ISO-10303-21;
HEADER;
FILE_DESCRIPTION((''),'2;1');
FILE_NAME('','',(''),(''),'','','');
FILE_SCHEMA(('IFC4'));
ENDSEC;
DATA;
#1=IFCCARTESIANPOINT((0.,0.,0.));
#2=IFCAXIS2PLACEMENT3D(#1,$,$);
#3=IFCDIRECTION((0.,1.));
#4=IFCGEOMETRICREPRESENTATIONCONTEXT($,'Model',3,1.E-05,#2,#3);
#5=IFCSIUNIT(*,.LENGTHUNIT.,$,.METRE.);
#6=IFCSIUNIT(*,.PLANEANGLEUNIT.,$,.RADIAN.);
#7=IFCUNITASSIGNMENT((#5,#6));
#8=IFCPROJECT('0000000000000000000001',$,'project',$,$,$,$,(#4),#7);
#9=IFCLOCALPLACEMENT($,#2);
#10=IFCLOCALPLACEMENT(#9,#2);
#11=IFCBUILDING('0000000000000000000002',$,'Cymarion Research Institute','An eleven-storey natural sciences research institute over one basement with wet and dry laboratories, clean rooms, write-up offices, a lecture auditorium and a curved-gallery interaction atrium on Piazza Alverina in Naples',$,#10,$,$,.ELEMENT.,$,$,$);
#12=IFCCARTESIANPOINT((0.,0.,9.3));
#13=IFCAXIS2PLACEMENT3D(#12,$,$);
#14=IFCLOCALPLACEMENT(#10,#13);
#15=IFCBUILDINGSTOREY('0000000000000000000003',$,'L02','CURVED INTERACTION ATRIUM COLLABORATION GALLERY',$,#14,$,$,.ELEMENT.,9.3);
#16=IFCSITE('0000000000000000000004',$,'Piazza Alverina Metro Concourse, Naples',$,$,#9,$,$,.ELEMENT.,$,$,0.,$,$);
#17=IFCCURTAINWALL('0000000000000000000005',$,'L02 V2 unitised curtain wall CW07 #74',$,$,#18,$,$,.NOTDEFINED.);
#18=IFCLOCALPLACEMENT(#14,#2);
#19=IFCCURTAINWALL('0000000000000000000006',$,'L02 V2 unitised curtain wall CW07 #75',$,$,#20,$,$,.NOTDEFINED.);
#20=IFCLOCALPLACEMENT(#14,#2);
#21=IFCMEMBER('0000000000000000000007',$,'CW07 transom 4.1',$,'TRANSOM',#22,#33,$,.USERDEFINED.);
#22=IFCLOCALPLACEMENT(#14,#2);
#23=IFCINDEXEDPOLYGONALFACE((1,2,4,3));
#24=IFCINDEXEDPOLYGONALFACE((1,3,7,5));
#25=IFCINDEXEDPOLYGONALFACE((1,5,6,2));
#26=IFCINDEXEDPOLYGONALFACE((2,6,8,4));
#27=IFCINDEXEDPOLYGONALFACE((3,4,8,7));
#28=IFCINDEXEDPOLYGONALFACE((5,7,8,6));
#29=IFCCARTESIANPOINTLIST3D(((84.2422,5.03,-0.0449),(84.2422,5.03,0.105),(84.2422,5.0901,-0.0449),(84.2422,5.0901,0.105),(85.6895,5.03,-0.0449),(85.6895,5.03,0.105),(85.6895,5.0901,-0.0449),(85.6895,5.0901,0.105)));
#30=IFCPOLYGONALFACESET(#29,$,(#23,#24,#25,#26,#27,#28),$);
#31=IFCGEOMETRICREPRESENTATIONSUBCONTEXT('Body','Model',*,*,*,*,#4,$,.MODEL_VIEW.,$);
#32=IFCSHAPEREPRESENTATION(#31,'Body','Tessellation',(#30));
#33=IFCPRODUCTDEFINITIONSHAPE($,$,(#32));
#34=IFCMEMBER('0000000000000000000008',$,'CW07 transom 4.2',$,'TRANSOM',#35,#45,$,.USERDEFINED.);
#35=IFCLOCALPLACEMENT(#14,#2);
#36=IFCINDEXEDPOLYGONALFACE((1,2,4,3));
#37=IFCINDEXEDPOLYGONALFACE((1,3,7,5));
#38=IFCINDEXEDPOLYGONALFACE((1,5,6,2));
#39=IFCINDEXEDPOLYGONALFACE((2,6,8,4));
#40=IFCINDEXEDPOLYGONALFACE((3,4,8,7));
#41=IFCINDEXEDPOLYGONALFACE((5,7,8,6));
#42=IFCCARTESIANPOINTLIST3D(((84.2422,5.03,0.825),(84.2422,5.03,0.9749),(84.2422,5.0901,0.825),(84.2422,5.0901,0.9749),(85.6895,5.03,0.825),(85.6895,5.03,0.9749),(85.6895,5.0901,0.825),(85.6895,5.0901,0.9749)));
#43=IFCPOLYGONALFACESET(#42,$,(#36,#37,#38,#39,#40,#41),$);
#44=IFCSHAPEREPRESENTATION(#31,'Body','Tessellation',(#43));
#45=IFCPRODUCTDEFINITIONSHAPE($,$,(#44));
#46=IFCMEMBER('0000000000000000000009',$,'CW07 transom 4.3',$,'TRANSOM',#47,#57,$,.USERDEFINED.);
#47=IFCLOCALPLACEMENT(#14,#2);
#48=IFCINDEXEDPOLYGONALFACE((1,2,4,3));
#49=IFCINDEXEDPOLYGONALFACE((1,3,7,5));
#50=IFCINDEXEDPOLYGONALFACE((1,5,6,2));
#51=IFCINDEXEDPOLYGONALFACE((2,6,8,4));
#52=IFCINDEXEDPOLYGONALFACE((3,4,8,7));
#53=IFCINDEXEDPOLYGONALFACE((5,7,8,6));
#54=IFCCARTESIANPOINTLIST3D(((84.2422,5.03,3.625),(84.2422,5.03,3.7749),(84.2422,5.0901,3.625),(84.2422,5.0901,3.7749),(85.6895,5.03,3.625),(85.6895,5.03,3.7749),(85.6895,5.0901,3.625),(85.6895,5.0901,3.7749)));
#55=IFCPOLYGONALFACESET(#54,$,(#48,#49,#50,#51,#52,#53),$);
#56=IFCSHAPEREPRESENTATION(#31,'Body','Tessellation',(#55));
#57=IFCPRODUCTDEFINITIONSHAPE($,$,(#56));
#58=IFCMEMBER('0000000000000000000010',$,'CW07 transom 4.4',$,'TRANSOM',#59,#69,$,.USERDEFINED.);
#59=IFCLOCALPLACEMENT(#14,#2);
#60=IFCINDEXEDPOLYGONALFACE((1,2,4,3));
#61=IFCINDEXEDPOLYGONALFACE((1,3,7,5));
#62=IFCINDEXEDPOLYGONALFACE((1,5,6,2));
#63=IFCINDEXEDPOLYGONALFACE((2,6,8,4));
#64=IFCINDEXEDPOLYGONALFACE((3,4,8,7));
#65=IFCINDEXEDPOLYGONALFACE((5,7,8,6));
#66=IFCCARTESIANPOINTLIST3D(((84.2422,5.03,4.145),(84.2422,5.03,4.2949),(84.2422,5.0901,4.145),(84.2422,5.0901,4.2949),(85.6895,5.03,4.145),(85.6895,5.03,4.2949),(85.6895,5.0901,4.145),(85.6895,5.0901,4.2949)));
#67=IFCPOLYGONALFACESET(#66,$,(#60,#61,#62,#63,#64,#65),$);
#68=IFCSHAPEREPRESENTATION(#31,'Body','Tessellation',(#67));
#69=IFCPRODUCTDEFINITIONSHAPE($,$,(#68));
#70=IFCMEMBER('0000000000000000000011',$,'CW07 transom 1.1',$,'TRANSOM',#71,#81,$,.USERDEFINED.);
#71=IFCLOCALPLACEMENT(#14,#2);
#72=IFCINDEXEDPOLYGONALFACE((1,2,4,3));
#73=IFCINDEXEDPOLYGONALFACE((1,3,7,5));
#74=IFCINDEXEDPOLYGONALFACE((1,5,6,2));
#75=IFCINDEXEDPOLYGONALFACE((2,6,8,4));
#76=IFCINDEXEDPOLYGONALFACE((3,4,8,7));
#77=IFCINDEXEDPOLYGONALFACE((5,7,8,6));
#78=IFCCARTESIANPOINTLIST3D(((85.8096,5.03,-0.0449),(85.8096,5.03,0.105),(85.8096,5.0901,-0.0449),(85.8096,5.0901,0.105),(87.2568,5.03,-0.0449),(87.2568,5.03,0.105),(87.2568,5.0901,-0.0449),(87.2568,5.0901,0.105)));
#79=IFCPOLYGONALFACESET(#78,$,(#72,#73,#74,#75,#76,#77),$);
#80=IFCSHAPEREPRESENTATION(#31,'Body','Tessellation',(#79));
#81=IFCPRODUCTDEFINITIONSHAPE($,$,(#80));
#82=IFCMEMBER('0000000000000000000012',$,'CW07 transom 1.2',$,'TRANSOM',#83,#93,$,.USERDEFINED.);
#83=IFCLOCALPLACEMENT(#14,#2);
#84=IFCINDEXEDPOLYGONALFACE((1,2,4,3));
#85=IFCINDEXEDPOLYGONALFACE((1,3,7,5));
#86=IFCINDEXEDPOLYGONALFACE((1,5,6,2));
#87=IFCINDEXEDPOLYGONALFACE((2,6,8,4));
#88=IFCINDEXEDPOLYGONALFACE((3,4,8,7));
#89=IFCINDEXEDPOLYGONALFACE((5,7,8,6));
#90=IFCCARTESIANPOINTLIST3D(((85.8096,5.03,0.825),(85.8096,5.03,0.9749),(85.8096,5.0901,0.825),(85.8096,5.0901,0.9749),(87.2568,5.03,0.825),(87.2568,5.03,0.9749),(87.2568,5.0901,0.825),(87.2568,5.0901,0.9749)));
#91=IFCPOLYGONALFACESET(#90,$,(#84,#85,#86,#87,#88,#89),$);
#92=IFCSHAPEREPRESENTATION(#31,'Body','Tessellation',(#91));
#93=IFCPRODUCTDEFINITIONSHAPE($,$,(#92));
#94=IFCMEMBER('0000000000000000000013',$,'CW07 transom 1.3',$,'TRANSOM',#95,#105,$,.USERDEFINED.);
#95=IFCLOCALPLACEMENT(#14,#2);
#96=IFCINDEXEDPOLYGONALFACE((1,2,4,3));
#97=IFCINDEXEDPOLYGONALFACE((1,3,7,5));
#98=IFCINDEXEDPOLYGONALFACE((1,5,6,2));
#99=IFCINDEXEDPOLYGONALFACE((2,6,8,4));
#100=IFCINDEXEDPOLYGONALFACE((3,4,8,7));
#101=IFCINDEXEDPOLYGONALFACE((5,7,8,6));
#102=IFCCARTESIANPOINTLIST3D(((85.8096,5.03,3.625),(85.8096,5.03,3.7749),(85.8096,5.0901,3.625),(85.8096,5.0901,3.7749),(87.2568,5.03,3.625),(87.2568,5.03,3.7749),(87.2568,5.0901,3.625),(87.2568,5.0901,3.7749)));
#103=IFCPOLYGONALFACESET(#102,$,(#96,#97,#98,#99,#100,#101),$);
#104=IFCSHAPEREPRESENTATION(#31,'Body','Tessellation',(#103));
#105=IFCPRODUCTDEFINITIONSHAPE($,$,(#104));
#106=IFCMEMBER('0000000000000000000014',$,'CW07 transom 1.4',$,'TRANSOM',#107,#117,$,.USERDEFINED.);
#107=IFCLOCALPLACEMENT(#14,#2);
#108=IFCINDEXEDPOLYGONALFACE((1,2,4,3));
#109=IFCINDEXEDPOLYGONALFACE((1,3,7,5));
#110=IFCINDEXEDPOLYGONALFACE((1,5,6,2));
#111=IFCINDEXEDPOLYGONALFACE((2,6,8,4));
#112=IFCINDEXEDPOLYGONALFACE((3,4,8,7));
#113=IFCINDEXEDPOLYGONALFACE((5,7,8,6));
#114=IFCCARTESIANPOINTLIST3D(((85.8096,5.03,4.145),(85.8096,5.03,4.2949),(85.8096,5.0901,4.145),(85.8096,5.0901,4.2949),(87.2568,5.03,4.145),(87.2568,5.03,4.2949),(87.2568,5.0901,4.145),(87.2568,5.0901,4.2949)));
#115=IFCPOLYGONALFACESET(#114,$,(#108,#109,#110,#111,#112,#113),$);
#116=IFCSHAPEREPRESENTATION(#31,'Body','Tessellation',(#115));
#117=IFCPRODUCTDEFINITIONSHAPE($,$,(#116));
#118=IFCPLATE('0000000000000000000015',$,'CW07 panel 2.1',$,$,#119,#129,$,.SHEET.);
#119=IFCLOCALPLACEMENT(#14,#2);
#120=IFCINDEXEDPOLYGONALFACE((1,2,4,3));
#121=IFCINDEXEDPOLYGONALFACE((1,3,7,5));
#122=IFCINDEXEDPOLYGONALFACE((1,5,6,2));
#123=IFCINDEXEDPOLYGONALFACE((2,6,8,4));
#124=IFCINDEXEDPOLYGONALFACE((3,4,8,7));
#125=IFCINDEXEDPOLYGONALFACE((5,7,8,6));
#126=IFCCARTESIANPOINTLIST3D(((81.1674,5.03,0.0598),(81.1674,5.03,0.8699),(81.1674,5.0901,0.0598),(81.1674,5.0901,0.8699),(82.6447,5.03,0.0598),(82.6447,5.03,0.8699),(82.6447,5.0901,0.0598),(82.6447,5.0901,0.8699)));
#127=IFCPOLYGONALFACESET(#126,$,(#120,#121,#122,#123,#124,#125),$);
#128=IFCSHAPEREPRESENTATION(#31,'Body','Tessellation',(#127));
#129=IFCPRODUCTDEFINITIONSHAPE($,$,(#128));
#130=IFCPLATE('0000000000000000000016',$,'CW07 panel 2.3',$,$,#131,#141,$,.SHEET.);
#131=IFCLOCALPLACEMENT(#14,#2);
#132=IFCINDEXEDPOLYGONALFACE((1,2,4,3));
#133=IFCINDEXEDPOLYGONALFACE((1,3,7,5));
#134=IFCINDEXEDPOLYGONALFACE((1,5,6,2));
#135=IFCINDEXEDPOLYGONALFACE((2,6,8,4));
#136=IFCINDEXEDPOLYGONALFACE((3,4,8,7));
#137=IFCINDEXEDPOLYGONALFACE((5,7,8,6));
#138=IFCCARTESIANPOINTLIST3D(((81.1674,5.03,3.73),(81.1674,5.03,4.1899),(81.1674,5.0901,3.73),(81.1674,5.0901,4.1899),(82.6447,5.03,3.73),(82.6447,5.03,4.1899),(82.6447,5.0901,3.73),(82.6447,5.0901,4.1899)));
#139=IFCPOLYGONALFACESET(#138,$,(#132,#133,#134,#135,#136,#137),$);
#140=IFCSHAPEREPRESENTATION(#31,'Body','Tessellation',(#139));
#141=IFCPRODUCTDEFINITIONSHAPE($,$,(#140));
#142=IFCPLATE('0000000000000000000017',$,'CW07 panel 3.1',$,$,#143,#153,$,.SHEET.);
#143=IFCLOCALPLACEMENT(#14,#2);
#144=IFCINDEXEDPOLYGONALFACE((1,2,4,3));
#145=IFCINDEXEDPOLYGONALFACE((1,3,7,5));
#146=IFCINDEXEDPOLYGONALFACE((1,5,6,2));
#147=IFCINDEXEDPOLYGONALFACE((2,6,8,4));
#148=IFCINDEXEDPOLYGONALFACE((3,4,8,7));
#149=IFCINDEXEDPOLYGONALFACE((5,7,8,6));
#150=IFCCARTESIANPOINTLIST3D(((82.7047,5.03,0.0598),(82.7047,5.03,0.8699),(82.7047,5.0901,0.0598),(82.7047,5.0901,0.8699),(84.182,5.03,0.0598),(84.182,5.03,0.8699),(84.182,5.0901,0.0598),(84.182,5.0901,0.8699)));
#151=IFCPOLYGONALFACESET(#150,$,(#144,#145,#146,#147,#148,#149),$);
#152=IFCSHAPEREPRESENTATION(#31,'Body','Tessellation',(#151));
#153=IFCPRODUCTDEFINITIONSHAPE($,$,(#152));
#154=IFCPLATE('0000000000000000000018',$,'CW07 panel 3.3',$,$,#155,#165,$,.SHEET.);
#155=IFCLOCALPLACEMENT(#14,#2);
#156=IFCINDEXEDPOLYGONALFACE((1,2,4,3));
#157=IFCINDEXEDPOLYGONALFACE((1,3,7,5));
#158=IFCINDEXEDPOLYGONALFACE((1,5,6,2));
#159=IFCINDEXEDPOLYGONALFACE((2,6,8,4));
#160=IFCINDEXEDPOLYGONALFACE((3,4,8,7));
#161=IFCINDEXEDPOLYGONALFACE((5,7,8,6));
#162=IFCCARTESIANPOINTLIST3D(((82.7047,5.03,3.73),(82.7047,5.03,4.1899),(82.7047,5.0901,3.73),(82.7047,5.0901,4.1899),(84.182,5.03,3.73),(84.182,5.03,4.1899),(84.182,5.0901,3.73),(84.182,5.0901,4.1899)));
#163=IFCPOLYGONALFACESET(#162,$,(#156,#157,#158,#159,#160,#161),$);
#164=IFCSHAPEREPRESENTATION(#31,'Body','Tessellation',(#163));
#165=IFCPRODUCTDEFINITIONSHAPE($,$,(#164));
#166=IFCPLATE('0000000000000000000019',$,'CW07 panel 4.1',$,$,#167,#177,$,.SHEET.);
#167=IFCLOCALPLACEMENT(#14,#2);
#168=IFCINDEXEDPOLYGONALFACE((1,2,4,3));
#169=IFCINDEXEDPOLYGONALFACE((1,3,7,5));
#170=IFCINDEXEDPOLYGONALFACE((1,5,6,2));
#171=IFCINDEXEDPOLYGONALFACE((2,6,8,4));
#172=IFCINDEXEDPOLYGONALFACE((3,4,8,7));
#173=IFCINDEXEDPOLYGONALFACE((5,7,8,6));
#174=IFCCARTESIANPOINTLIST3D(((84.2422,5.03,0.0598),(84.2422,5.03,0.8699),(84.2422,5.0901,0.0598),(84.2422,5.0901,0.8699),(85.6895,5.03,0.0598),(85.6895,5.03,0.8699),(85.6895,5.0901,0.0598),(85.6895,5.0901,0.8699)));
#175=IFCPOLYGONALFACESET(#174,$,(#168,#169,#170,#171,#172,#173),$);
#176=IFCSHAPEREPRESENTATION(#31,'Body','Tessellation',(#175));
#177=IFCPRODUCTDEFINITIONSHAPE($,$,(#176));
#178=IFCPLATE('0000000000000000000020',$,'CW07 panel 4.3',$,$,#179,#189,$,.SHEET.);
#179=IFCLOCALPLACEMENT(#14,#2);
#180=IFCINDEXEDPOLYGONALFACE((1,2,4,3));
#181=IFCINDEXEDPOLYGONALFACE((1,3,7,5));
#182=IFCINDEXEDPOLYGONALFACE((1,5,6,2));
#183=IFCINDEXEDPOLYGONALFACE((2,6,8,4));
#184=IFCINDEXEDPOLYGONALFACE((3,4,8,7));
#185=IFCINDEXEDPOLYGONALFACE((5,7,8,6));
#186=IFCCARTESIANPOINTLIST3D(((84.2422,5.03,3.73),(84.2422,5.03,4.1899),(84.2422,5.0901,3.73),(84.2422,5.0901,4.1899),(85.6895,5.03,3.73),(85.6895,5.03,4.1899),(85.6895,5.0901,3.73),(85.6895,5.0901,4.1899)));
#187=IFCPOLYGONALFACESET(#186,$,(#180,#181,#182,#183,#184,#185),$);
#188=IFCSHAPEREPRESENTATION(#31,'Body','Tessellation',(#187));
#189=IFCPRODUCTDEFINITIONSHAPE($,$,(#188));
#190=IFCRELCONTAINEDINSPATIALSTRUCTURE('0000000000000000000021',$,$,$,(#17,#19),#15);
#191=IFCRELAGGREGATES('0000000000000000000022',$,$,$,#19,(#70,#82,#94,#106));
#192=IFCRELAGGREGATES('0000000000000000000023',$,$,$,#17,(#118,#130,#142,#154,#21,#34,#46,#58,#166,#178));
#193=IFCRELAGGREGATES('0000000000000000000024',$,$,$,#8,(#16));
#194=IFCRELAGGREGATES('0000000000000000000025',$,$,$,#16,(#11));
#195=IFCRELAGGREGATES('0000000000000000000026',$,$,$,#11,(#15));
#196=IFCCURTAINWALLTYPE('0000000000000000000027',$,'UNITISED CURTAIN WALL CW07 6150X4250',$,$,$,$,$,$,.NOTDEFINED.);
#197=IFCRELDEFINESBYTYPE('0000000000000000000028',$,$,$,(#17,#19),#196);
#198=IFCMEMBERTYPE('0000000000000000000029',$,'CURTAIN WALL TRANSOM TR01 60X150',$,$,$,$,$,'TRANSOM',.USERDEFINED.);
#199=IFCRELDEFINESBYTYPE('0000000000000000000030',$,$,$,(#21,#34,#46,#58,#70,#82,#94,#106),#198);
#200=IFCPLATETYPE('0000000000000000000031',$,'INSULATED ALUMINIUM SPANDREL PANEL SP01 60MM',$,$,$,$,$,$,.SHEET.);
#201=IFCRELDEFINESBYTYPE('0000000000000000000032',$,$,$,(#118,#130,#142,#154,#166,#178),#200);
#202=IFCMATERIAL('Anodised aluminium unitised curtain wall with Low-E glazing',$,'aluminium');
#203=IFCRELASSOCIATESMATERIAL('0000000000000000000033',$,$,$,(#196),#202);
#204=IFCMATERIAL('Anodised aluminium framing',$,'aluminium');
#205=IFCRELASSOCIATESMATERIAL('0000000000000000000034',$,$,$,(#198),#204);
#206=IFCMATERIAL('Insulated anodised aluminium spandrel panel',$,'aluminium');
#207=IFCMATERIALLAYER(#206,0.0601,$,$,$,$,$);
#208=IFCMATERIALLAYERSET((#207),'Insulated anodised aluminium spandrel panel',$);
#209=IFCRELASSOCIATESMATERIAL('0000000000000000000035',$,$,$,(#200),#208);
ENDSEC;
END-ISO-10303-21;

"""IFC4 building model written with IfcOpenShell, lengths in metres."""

from ifc_helpers import new_model, si_unit, direction, frame, origin, origin_2d, place, context, subcontext, project, spatial, rectangle, extrude, material, layer, layer_set, material_profile, profile_set, type_object, element, aggregate, save


model = new_model("IFC4")

# Units and contexts
model_context = context("Model", 3, precision=1e-05, world=origin(), true_north=direction((0.0, 1.0)))
body_context = subcontext(model_context, "Body", "Model", "MODEL_VIEW")
ifc_project = project(units=[si_unit("LENGTHUNIT", "METRE"), si_unit("PLANEANGLEUNIT", "RADIAN")], contexts=[model_context])

# Site, building, storey
site_placement = place(None, origin())
site = spatial("IfcSite", under=ifc_project, at=site_placement, Name="Piazza Alverina Metro Concourse, Naples", CompositionType="ELEMENT", RefElevation=0.0)
building_placement = place(site_placement, origin())
building = spatial("IfcBuilding", under=site, at=building_placement, Name="Cymarion Research Institute", Description="An eleven-storey natural sciences research institute over one basement with wet and dry laboratories, clean rooms, write-up offices, a lecture auditorium and a curved-gallery interaction atrium on Piazza Alverina in Naples", CompositionType="ELEMENT")
storey_placement = place(building_placement, frame((0.0, 0.0, 9.3)))
storey = spatial("IfcBuildingStorey", under=building, at=storey_placement, Name="L02", Description="CURVED INTERACTION ATRIUM COLLABORATION GALLERY", CompositionType="ELEMENT", Elevation=9.3)

# Curtain wall
ifc_material_1 = material(Name="Anodised aluminium unitised curtain wall with Low-E glazing", Category="aluminium")
curtain_wall_type = type_object("IfcCurtainWallType", Name="UNITISED CURTAIN WALL CW07 6150X4250", PredefinedType="NOTDEFINED", material=ifc_material_1)
curtain_wall_1_placement = place(storey_placement, origin())
curtain_wall_1 = element("IfcCurtainWall", 1, at=curtain_wall_1_placement, inside=storey, type_object=curtain_wall_type, Name="L02 V2 unitised curtain wall CW07 #74", PredefinedType="NOTDEFINED")
ifc_material_2 = material(Name="Anodised aluminium framing", Category="aluminium")

# Curtain wall
curtain_wall_2_placement = place(storey_placement, origin())
curtain_wall_2 = element("IfcCurtainWall", 2, at=curtain_wall_2_placement, inside=storey, type_object=curtain_wall_type, Name="L02 V2 unitised curtain wall CW07 #75", PredefinedType="NOTDEFINED")

# Members
ifc_material_profile_1 = material_profile(ifc_material_2, rectangle(XDim=0.0601, YDim=0.1499, at=origin_2d()), Name="ALU TRANSOM 60x150")
ifc_profile_set_1 = profile_set([ifc_material_profile_1], Name="Anodised aluminium framing")
member_type_1 = type_object("IfcMemberType", Name="CURTAIN WALL TRANSOM TR01 60X150", ElementType="TRANSOM", PredefinedType="USERDEFINED", material=ifc_profile_set_1)
member_1_placement = place(storey_placement, frame((84.2422, 5.0601, 0.03), z_axis=(1.0, 0.0, 0.0), x_axis=(0.0, 1.0, 0.0)))
member_1 = element("IfcMember", 3, at=member_1_placement, type_object=member_type_1, Name="CW07 transom 4.1", ObjectType="TRANSOM", PredefinedType="USERDEFINED", context=body_context, shape_type="SweptSolid", body=[
    extrude(rectangle(XDim=0.0601, YDim=0.1499, at=origin_2d()), origin(), (0.0, 0.0, 1.0), 1.4473),
])
member_2_placement = place(storey_placement, frame((84.2422, 5.0601, 0.8999), z_axis=(1.0, 0.0, 0.0), x_axis=(0.0, 1.0, 0.0)))
member_2 = element("IfcMember", 4, at=member_2_placement, type_object=member_type_1, Name="CW07 transom 4.2", ObjectType="TRANSOM", PredefinedType="USERDEFINED", context=body_context, shape_type="SweptSolid", body=[
    extrude(rectangle(XDim=0.0601, YDim=0.1499, at=origin_2d()), origin(), (0.0, 0.0, 1.0), 1.4473),
])
member_3_placement = place(storey_placement, frame((84.2422, 5.0601, 3.7), z_axis=(1.0, 0.0, 0.0), x_axis=(0.0, 1.0, 0.0)))
member_3 = element("IfcMember", 5, at=member_3_placement, type_object=member_type_1, Name="CW07 transom 4.3", ObjectType="TRANSOM", PredefinedType="USERDEFINED", context=body_context, shape_type="SweptSolid", body=[
    extrude(rectangle(XDim=0.0601, YDim=0.1499, at=origin_2d()), origin(), (0.0, 0.0, 1.0), 1.4473),
])
member_4_placement = place(storey_placement, frame((84.2422, 5.0601, 4.22), z_axis=(1.0, 0.0, 0.0), x_axis=(0.0, 1.0, 0.0)))
member_4 = element("IfcMember", 6, at=member_4_placement, type_object=member_type_1, Name="CW07 transom 4.4", ObjectType="TRANSOM", PredefinedType="USERDEFINED", context=body_context, shape_type="SweptSolid", body=[
    extrude(rectangle(XDim=0.0601, YDim=0.1499, at=origin_2d()), origin(), (0.0, 0.0, 1.0), 1.4473),
])
member_5_placement = place(storey_placement, frame((85.8096, 5.0601, 0.03), z_axis=(1.0, 0.0, 0.0), x_axis=(0.0, 1.0, 0.0)))
member_5 = element("IfcMember", 7, at=member_5_placement, type_object=member_type_1, Name="CW07 transom 1.1", ObjectType="TRANSOM", PredefinedType="USERDEFINED", context=body_context, shape_type="SweptSolid", body=[
    extrude(rectangle(XDim=0.0601, YDim=0.1499, at=origin_2d()), origin(), (0.0, 0.0, 1.0), 1.4473),
])
member_6_placement = place(storey_placement, frame((85.8096, 5.0601, 0.8999), z_axis=(1.0, 0.0, 0.0), x_axis=(0.0, 1.0, 0.0)))
member_6 = element("IfcMember", 8, at=member_6_placement, type_object=member_type_1, Name="CW07 transom 1.2", ObjectType="TRANSOM", PredefinedType="USERDEFINED", context=body_context, shape_type="SweptSolid", body=[
    extrude(rectangle(XDim=0.0601, YDim=0.1499, at=origin_2d()), origin(), (0.0, 0.0, 1.0), 1.4473),
])
member_7_placement = place(storey_placement, frame((85.8096, 5.0601, 3.7), z_axis=(1.0, 0.0, 0.0), x_axis=(0.0, 1.0, 0.0)))
member_7 = element("IfcMember", 9, at=member_7_placement, type_object=member_type_1, Name="CW07 transom 1.3", ObjectType="TRANSOM", PredefinedType="USERDEFINED", context=body_context, shape_type="SweptSolid", body=[
    extrude(rectangle(XDim=0.0601, YDim=0.1499, at=origin_2d()), origin(), (0.0, 0.0, 1.0), 1.4473),
])
member_8_placement = place(storey_placement, frame((85.8096, 5.0601, 4.22), z_axis=(1.0, 0.0, 0.0), x_axis=(0.0, 1.0, 0.0)))
member_8 = element("IfcMember", 10, at=member_8_placement, type_object=member_type_1, Name="CW07 transom 1.4", ObjectType="TRANSOM", PredefinedType="USERDEFINED", context=body_context, shape_type="SweptSolid", body=[
    extrude(rectangle(XDim=0.0601, YDim=0.1499, at=origin_2d()), origin(), (0.0, 0.0, 1.0), 1.4473),
])
aggregate(curtain_wall_2, [member_5, member_6, member_7, member_8])

# Plates
ifc_material_3 = material(Name="Insulated anodised aluminium spandrel panel", Category="aluminium")
ifc_layer_1 = layer(ifc_material_3, 0.0601)
ifc_layer_set_1 = layer_set([ifc_layer_1], Name="Insulated anodised aluminium spandrel panel")
plate_type_1 = type_object("IfcPlateType", Name="INSULATED ALUMINIUM SPANDREL PANEL SP01 60MM", PredefinedType="SHEET", material=ifc_layer_set_1)
plate_1_placement = place(storey_placement, frame((81.906, 5.0601, 0.0598), z_axis=(0.0, 0.0, 1.0), x_axis=(1.0, 0.0, 0.0)))
plate_1 = element("IfcPlate", 11, at=plate_1_placement, type_object=plate_type_1, Name="CW07 panel 2.1", PredefinedType="SHEET", context=body_context, shape_type="SweptSolid", body=[
    extrude(rectangle(XDim=1.4773, YDim=0.0601, at=origin_2d()), origin(), (0.0, 0.0, 1.0), 0.8101),
])
plate_2_placement = place(storey_placement, frame((81.906, 5.0601, 3.73), z_axis=(0.0, 0.0, 1.0), x_axis=(1.0, 0.0, 0.0)))
plate_2 = element("IfcPlate", 12, at=plate_2_placement, type_object=plate_type_1, Name="CW07 panel 2.3", PredefinedType="SHEET", context=body_context, shape_type="SweptSolid", body=[
    extrude(rectangle(XDim=1.4773, YDim=0.0601, at=origin_2d()), origin(), (0.0, 0.0, 1.0), 0.46),
])
plate_3_placement = place(storey_placement, frame((83.4434, 5.0601, 0.0598), z_axis=(0.0, 0.0, 1.0), x_axis=(1.0, 0.0, 0.0)))
plate_3 = element("IfcPlate", 13, at=plate_3_placement, type_object=plate_type_1, Name="CW07 panel 3.1", PredefinedType="SHEET", context=body_context, shape_type="SweptSolid", body=[
    extrude(rectangle(XDim=1.4773, YDim=0.0601, at=origin_2d()), origin(), (0.0, 0.0, 1.0), 0.8101),
])
plate_4_placement = place(storey_placement, frame((83.4434, 5.0601, 3.73), z_axis=(0.0, 0.0, 1.0), x_axis=(1.0, 0.0, 0.0)))
plate_4 = element("IfcPlate", 14, at=plate_4_placement, type_object=plate_type_1, Name="CW07 panel 3.3", PredefinedType="SHEET", context=body_context, shape_type="SweptSolid", body=[
    extrude(rectangle(XDim=1.4773, YDim=0.0601, at=origin_2d()), origin(), (0.0, 0.0, 1.0), 0.46),
])
plate_5_placement = place(storey_placement, frame((84.9658, 5.0601, 0.0598), z_axis=(0.0, 0.0, 1.0), x_axis=(1.0, 0.0, 0.0)))
plate_5 = element("IfcPlate", 15, at=plate_5_placement, type_object=plate_type_1, Name="CW07 panel 4.1", PredefinedType="SHEET", context=body_context, shape_type="SweptSolid", body=[
    extrude(rectangle(XDim=1.4473, YDim=0.0601, at=origin_2d()), origin(), (0.0, 0.0, 1.0), 0.8101),
])
plate_6_placement = place(storey_placement, frame((84.9658, 5.0601, 3.73), z_axis=(0.0, 0.0, 1.0), x_axis=(1.0, 0.0, 0.0)))
plate_6 = element("IfcPlate", 16, at=plate_6_placement, type_object=plate_type_1, Name="CW07 panel 4.3", PredefinedType="SHEET", context=body_context, shape_type="SweptSolid", body=[
    extrude(rectangle(XDim=1.4473, YDim=0.0601, at=origin_2d()), origin(), (0.0, 0.0, 1.0), 0.46),
])
aggregate(curtain_wall_1, [plate_1, plate_2, plate_3, plate_4, member_1, member_2, member_3, member_4, plate_5, plate_6])

save(model, "model.ifc")
